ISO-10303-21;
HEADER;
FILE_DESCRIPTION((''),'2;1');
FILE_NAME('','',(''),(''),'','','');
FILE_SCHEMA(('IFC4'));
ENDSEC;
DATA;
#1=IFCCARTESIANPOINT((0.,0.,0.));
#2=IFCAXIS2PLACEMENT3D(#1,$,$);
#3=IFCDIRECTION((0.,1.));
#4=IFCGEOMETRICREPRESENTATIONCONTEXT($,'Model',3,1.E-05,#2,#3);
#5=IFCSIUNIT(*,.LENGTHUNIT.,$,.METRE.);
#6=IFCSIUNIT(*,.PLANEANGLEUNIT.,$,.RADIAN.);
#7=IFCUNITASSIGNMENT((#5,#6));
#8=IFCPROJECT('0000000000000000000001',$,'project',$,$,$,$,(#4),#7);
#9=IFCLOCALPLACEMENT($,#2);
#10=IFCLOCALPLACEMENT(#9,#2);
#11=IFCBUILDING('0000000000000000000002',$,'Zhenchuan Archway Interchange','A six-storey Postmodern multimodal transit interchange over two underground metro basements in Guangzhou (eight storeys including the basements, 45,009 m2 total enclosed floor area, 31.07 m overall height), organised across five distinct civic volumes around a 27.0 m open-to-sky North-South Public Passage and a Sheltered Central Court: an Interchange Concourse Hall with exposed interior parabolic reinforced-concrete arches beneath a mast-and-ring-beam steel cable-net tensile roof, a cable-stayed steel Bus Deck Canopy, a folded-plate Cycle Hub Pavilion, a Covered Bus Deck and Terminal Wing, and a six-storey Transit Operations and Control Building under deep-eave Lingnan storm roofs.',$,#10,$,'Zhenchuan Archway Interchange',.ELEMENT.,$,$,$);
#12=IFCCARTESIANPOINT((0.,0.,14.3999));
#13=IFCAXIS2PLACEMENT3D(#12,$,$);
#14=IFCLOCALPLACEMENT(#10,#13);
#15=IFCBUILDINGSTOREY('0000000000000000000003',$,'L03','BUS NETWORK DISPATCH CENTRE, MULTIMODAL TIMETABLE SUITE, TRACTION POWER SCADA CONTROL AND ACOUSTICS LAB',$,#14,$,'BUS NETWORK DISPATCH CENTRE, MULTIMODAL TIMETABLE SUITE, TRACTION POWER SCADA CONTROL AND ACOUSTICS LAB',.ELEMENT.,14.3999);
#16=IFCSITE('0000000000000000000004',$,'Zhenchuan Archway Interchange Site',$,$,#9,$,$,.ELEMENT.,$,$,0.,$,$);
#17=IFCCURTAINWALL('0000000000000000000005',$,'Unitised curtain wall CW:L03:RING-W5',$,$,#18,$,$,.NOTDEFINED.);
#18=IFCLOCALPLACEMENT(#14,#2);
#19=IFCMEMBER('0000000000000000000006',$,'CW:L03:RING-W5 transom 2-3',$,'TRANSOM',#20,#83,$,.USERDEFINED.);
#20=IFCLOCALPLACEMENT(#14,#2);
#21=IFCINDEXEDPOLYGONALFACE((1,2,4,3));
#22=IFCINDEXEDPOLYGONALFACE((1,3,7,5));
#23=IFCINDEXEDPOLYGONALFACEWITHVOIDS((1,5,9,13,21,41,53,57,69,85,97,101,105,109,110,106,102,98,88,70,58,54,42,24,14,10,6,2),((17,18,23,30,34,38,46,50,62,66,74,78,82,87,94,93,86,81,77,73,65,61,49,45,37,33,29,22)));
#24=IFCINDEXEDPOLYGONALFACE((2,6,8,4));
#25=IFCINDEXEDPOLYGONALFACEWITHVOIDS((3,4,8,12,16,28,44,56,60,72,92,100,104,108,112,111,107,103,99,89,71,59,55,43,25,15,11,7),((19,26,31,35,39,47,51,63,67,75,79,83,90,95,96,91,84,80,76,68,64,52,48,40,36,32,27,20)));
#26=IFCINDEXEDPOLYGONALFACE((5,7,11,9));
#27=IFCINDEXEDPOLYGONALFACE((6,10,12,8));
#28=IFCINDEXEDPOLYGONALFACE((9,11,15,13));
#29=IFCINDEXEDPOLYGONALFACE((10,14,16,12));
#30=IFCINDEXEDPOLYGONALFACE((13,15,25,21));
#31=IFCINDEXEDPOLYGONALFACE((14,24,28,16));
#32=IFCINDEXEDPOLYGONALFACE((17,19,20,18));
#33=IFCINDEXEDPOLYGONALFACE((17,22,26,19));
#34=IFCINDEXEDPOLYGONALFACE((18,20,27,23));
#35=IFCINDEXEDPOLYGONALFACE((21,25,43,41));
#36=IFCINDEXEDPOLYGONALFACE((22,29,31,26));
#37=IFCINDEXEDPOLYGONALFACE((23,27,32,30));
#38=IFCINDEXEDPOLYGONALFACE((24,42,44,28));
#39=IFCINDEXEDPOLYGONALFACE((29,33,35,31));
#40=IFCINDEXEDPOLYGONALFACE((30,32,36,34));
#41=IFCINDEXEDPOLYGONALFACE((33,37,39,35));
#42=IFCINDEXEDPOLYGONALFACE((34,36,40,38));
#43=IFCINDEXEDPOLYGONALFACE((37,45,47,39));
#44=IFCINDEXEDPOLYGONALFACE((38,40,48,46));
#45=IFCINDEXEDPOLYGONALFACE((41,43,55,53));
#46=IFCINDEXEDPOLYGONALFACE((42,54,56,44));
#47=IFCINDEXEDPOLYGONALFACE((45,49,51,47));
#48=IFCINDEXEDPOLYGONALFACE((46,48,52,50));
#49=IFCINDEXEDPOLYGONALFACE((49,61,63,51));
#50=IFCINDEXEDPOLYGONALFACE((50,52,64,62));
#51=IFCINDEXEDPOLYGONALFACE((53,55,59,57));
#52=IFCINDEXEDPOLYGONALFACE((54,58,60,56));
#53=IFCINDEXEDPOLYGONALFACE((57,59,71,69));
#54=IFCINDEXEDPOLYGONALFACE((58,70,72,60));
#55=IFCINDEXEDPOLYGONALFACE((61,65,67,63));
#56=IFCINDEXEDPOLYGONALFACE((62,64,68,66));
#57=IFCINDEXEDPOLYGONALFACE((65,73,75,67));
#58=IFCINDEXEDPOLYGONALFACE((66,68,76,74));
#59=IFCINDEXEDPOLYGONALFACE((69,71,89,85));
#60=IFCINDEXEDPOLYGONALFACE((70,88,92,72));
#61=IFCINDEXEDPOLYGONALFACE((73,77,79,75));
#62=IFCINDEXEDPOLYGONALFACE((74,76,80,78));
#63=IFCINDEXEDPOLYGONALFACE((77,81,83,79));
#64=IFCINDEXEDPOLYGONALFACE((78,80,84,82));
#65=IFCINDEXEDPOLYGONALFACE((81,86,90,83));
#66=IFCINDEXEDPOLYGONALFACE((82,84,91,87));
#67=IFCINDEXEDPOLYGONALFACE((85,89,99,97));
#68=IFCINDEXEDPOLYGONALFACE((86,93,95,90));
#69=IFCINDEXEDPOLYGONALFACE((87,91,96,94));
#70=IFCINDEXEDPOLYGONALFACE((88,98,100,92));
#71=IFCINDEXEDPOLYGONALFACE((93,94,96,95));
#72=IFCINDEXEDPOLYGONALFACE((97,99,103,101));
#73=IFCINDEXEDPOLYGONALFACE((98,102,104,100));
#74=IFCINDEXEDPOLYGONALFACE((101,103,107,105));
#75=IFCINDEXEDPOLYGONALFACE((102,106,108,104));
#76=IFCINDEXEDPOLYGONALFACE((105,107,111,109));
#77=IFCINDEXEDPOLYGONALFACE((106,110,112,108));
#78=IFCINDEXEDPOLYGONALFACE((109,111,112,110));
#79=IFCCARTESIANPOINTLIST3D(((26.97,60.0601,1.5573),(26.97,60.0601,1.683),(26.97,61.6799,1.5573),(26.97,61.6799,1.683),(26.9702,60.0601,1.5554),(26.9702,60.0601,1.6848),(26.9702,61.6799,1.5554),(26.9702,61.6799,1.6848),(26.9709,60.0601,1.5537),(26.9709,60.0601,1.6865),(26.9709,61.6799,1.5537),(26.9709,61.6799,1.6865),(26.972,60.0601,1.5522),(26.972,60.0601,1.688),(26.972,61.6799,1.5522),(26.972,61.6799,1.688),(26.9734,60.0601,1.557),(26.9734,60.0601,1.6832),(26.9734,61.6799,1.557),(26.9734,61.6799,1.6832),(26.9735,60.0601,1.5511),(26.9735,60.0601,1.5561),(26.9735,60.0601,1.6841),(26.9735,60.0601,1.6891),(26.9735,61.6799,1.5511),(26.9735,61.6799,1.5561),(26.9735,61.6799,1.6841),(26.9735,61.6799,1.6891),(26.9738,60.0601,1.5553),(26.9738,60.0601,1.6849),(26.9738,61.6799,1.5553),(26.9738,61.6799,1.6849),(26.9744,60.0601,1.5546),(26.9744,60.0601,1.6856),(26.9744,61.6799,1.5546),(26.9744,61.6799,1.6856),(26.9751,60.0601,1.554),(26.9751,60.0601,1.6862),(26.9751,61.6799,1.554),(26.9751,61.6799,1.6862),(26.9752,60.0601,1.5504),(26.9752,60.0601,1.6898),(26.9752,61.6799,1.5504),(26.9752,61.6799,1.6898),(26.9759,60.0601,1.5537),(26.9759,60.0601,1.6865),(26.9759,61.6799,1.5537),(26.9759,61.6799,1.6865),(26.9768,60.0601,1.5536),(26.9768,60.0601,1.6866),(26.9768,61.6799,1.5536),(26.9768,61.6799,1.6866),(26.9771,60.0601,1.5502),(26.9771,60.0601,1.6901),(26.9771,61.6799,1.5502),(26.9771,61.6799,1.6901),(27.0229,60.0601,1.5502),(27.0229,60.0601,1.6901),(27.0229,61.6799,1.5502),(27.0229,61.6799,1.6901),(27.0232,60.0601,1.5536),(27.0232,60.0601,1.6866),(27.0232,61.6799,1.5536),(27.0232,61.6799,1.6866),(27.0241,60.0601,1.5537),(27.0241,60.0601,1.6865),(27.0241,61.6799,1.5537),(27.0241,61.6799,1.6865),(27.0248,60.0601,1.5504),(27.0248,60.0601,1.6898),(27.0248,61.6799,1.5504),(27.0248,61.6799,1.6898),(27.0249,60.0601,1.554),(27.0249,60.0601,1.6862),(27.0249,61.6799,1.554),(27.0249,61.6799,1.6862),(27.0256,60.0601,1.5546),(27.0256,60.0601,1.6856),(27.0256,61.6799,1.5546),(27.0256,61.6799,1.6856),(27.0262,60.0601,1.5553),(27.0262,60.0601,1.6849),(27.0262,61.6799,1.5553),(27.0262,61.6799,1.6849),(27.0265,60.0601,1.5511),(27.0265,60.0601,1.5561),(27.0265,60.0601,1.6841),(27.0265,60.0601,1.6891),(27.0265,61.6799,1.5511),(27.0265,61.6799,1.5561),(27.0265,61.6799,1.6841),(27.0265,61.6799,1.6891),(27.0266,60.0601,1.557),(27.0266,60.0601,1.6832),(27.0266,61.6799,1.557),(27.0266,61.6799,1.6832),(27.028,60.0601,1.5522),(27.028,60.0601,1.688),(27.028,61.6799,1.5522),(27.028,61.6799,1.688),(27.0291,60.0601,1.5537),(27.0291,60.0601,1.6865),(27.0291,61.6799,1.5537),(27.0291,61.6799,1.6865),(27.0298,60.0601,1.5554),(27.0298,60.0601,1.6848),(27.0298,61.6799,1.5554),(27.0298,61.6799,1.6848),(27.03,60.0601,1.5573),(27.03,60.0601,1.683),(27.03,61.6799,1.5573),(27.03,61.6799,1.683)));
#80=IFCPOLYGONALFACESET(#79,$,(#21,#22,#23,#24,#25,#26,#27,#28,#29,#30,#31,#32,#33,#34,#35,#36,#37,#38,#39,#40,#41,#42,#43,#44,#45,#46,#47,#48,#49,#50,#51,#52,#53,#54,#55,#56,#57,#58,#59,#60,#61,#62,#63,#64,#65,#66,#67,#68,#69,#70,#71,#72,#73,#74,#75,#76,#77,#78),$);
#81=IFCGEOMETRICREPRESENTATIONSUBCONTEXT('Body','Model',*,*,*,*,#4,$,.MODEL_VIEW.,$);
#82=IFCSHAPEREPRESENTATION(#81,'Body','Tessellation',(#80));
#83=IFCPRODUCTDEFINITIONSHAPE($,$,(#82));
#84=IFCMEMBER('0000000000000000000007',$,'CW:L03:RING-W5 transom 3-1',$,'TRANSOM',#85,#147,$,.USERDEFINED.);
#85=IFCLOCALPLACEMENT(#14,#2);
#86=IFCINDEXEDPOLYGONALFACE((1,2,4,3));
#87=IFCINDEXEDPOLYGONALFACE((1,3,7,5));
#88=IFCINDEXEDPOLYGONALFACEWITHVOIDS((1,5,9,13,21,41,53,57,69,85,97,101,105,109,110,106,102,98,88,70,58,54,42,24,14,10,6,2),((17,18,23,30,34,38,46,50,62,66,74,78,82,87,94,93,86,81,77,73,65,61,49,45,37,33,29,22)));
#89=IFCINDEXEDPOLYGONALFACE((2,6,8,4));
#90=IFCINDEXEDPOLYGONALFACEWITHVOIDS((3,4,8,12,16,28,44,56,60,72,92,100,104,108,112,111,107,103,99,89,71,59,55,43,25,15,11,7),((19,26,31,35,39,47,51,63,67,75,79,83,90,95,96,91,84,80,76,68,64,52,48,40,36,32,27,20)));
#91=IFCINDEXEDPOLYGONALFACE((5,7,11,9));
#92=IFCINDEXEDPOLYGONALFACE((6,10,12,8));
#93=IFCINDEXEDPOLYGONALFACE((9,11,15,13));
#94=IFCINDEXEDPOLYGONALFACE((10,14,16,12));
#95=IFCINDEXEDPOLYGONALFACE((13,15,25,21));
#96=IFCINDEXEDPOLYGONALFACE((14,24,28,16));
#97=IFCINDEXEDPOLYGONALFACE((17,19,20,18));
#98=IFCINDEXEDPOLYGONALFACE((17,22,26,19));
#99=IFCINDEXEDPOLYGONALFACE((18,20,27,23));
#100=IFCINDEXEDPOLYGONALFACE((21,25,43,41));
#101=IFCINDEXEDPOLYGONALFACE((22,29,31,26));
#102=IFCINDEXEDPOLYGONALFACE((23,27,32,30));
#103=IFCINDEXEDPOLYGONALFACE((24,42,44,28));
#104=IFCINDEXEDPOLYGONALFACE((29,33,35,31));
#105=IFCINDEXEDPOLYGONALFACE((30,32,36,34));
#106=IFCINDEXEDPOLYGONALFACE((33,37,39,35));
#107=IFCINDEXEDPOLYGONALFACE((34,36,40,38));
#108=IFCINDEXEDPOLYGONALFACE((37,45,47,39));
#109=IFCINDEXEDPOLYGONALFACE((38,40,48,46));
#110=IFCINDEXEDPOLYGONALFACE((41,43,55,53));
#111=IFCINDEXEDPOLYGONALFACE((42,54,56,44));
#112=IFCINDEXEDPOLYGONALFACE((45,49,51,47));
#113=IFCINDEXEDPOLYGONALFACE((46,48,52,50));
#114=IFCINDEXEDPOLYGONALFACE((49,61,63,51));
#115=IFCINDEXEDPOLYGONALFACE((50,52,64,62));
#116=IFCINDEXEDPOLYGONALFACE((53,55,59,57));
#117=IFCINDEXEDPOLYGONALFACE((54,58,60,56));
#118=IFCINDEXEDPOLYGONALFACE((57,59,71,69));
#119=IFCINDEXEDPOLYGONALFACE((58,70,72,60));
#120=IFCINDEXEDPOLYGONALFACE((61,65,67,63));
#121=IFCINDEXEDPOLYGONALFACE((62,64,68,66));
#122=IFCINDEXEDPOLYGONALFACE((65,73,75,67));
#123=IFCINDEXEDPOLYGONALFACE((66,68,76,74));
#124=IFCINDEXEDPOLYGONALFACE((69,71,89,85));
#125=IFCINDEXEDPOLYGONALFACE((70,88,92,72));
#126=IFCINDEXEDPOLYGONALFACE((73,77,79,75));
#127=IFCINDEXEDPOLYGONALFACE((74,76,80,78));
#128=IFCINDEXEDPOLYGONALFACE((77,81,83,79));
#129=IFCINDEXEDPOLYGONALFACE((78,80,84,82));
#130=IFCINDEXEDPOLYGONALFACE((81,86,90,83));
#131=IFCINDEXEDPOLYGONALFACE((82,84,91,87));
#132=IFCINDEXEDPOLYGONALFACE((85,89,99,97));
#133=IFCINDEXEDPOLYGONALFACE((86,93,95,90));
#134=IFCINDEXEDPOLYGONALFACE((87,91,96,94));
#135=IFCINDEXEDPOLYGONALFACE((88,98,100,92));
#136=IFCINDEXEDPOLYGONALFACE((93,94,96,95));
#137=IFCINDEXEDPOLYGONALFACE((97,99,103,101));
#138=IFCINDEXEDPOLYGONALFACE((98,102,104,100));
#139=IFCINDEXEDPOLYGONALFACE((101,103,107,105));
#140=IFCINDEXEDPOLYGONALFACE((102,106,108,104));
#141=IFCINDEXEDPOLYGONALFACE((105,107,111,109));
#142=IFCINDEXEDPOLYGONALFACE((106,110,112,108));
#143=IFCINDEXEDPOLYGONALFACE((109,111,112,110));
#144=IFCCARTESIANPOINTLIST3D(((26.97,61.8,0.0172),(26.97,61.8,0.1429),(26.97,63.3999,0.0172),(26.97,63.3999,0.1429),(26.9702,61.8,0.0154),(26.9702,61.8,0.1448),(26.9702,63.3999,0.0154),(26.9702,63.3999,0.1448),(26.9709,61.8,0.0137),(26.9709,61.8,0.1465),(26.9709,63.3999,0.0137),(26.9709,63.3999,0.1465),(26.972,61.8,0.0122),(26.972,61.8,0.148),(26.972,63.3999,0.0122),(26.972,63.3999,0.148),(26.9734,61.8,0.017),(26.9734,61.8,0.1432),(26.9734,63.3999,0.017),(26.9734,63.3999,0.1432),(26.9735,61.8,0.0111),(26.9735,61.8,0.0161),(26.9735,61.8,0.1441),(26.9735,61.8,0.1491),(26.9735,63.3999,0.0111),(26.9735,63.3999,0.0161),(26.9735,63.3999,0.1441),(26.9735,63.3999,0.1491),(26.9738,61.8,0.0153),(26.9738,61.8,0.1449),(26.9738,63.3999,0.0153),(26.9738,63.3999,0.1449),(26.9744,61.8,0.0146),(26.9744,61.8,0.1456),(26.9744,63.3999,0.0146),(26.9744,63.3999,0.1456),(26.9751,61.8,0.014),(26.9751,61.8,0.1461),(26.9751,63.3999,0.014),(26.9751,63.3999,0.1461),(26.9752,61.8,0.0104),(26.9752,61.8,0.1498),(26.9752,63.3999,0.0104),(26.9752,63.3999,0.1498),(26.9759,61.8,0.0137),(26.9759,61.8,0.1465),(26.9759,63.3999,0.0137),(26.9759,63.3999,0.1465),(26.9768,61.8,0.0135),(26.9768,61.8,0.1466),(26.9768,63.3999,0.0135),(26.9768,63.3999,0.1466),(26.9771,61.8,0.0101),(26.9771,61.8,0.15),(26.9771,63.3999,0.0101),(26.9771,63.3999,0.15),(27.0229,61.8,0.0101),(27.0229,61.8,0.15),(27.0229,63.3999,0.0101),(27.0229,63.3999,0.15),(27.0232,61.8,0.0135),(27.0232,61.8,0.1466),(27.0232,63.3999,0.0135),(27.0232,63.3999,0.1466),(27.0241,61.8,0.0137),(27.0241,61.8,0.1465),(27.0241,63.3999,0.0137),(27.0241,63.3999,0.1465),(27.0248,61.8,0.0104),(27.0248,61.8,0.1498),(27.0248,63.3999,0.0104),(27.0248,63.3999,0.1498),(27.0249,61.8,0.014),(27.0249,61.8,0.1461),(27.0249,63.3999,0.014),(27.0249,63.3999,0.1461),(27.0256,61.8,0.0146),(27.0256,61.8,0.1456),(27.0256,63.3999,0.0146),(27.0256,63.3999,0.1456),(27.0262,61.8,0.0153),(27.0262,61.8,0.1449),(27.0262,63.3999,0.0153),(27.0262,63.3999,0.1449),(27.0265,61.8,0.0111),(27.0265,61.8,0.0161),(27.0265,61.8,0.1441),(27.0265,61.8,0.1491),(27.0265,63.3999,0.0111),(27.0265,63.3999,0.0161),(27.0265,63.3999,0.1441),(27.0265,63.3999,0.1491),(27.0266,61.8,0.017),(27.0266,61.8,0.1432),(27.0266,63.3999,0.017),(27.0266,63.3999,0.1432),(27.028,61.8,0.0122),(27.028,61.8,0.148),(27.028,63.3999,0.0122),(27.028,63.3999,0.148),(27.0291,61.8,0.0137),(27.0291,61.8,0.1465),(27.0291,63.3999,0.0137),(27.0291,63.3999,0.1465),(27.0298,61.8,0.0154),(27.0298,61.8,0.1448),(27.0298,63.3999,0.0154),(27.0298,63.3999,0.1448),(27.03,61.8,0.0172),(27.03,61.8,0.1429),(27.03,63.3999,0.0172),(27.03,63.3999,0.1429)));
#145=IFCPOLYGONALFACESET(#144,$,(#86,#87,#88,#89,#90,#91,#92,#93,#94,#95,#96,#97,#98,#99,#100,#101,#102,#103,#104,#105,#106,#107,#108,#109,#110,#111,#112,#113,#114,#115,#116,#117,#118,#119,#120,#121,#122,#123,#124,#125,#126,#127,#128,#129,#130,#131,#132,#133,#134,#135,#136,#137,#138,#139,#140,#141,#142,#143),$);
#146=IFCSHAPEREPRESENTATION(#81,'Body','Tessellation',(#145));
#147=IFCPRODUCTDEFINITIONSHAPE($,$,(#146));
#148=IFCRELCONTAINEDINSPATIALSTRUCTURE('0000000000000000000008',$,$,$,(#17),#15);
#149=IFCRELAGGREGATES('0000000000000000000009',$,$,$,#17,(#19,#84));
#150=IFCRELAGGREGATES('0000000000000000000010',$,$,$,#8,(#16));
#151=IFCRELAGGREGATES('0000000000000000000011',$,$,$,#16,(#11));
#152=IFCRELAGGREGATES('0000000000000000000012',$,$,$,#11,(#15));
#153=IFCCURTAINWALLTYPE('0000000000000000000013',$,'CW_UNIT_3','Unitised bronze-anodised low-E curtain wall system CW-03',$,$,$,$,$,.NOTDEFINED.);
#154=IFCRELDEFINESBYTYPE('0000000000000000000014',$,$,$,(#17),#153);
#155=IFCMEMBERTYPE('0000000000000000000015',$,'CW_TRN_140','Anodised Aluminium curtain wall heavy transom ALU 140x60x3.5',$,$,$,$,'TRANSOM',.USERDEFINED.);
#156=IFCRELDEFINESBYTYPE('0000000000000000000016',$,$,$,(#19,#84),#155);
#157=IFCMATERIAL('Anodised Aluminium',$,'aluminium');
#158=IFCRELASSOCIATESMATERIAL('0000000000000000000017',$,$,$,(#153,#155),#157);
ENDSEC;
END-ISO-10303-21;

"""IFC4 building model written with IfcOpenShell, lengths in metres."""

from ifc_helpers import new_model, si_unit, direction, frame, origin, origin_2d, place, context, subcontext, project, spatial, hollow_rectangle, extrude, material, material_profile, profile_set, type_object, element, aggregate, save


model = new_model("IFC4")

# Units and contexts
model_context = context("Model", 3, precision=1e-05, world=origin(), true_north=direction((0.0, 1.0)))
body_context = subcontext(model_context, "Body", "Model", "MODEL_VIEW")
ifc_project = project(units=[si_unit("LENGTHUNIT", "METRE"), si_unit("PLANEANGLEUNIT", "RADIAN")], contexts=[model_context])

# Site, building, storey
site_placement = place(None, origin())
site = spatial("IfcSite", under=ifc_project, at=site_placement, Name="Zhenchuan Archway Interchange Site", CompositionType="ELEMENT", RefElevation=0.0)
building_placement = place(site_placement, origin())
building = spatial("IfcBuilding", under=site, at=building_placement, Name="Zhenchuan Archway Interchange", Description="A six-storey Postmodern multimodal transit interchange over two underground metro basements in Guangzhou (eight storeys including the basements, 45,009 m2 total enclosed floor area, 31.07 m overall height), organised across five distinct civic volumes around a 27.0 m open-to-sky North-South Public Passage and a Sheltered Central Court: an Interchange Concourse Hall with exposed interior parabolic reinforced-concrete arches beneath a mast-and-ring-beam steel cable-net tensile roof, a cable-stayed steel Bus Deck Canopy, a folded-plate Cycle Hub Pavilion, a Covered Bus Deck and Terminal Wing, and a six-storey Transit Operations and Control Building under deep-eave Lingnan storm roofs.", LongName="Zhenchuan Archway Interchange", CompositionType="ELEMENT")
storey_placement = place(building_placement, frame((0.0, 0.0, 14.3999)))
storey = spatial("IfcBuildingStorey", under=building, at=storey_placement, Name="L03", Description="BUS NETWORK DISPATCH CENTRE, MULTIMODAL TIMETABLE SUITE, TRACTION POWER SCADA CONTROL AND ACOUSTICS LAB", LongName="BUS NETWORK DISPATCH CENTRE, MULTIMODAL TIMETABLE SUITE, TRACTION POWER SCADA CONTROL AND ACOUSTICS LAB", CompositionType="ELEMENT", Elevation=14.3999)

# Curtain wall
ifc_material_1 = material(Name="Anodised Aluminium", Category="aluminium")
curtain_wall_type = type_object("IfcCurtainWallType", Name="CW_UNIT_3", Description="Unitised bronze-anodised low-E curtain wall system CW-03", PredefinedType="NOTDEFINED", material=ifc_material_1)
curtain_wall_1_placement = place(storey_placement, origin())
curtain_wall_1 = element("IfcCurtainWall", 1, at=curtain_wall_1_placement, inside=storey, type_object=curtain_wall_type, Name="Unitised curtain wall CW:L03:RING-W5", PredefinedType="NOTDEFINED")

# Members
ifc_material_profile_1 = material_profile(ifc_material_1, hollow_rectangle(XDim=0.0601, YDim=0.1399, WallThickness=0.0034, InnerFilletRadius=0.0034, OuterFilletRadius=0.0071, at=origin_2d()), Name="ALU 140x60x3.5")
ifc_profile_set_1 = profile_set([ifc_material_profile_1], Name="Anodised Aluminium")
member_type_1 = type_object("IfcMemberType", Name="CW_TRN_140", Description="Anodised Aluminium curtain wall heavy transom ALU 140x60x3.5", ElementType="TRANSOM", PredefinedType="USERDEFINED", material=ifc_profile_set_1)
member_1_placement = place(storey_placement, frame((27.0, 60.0601, 1.6201), z_axis=(0.0, 1.0, 0.0), x_axis=(-1.0, 0.0, 0.0)))
member_1 = element("IfcMember", 2, at=member_1_placement, type_object=member_type_1, Name="CW:L03:RING-W5 transom 2-3", ObjectType="TRANSOM", PredefinedType="USERDEFINED", context=body_context, shape_type="SweptSolid", body=[
    extrude(hollow_rectangle(XDim=0.0601, YDim=0.1399, WallThickness=0.0034, InnerFilletRadius=0.0034, OuterFilletRadius=0.0071, at=origin_2d()), origin(), (0.0, 0.0, 1.0), 1.6199),
])
member_2_placement = place(storey_placement, frame((27.0, 61.8, 0.0801), z_axis=(0.0, 1.0, 0.0), x_axis=(-1.0, 0.0, 0.0)))
member_2 = element("IfcMember", 3, at=member_2_placement, type_object=member_type_1, Name="CW:L03:RING-W5 transom 3-1", ObjectType="TRANSOM", PredefinedType="USERDEFINED", context=body_context, shape_type="SweptSolid", body=[
    extrude(hollow_rectangle(XDim=0.0601, YDim=0.1399, WallThickness=0.0034, InnerFilletRadius=0.0034, OuterFilletRadius=0.0071, at=origin_2d()), origin(), (0.0, 0.0, 1.0), 1.5999),
])

aggregate(curtain_wall_1, [member_1, member_2])

save(model, "model.ifc")
